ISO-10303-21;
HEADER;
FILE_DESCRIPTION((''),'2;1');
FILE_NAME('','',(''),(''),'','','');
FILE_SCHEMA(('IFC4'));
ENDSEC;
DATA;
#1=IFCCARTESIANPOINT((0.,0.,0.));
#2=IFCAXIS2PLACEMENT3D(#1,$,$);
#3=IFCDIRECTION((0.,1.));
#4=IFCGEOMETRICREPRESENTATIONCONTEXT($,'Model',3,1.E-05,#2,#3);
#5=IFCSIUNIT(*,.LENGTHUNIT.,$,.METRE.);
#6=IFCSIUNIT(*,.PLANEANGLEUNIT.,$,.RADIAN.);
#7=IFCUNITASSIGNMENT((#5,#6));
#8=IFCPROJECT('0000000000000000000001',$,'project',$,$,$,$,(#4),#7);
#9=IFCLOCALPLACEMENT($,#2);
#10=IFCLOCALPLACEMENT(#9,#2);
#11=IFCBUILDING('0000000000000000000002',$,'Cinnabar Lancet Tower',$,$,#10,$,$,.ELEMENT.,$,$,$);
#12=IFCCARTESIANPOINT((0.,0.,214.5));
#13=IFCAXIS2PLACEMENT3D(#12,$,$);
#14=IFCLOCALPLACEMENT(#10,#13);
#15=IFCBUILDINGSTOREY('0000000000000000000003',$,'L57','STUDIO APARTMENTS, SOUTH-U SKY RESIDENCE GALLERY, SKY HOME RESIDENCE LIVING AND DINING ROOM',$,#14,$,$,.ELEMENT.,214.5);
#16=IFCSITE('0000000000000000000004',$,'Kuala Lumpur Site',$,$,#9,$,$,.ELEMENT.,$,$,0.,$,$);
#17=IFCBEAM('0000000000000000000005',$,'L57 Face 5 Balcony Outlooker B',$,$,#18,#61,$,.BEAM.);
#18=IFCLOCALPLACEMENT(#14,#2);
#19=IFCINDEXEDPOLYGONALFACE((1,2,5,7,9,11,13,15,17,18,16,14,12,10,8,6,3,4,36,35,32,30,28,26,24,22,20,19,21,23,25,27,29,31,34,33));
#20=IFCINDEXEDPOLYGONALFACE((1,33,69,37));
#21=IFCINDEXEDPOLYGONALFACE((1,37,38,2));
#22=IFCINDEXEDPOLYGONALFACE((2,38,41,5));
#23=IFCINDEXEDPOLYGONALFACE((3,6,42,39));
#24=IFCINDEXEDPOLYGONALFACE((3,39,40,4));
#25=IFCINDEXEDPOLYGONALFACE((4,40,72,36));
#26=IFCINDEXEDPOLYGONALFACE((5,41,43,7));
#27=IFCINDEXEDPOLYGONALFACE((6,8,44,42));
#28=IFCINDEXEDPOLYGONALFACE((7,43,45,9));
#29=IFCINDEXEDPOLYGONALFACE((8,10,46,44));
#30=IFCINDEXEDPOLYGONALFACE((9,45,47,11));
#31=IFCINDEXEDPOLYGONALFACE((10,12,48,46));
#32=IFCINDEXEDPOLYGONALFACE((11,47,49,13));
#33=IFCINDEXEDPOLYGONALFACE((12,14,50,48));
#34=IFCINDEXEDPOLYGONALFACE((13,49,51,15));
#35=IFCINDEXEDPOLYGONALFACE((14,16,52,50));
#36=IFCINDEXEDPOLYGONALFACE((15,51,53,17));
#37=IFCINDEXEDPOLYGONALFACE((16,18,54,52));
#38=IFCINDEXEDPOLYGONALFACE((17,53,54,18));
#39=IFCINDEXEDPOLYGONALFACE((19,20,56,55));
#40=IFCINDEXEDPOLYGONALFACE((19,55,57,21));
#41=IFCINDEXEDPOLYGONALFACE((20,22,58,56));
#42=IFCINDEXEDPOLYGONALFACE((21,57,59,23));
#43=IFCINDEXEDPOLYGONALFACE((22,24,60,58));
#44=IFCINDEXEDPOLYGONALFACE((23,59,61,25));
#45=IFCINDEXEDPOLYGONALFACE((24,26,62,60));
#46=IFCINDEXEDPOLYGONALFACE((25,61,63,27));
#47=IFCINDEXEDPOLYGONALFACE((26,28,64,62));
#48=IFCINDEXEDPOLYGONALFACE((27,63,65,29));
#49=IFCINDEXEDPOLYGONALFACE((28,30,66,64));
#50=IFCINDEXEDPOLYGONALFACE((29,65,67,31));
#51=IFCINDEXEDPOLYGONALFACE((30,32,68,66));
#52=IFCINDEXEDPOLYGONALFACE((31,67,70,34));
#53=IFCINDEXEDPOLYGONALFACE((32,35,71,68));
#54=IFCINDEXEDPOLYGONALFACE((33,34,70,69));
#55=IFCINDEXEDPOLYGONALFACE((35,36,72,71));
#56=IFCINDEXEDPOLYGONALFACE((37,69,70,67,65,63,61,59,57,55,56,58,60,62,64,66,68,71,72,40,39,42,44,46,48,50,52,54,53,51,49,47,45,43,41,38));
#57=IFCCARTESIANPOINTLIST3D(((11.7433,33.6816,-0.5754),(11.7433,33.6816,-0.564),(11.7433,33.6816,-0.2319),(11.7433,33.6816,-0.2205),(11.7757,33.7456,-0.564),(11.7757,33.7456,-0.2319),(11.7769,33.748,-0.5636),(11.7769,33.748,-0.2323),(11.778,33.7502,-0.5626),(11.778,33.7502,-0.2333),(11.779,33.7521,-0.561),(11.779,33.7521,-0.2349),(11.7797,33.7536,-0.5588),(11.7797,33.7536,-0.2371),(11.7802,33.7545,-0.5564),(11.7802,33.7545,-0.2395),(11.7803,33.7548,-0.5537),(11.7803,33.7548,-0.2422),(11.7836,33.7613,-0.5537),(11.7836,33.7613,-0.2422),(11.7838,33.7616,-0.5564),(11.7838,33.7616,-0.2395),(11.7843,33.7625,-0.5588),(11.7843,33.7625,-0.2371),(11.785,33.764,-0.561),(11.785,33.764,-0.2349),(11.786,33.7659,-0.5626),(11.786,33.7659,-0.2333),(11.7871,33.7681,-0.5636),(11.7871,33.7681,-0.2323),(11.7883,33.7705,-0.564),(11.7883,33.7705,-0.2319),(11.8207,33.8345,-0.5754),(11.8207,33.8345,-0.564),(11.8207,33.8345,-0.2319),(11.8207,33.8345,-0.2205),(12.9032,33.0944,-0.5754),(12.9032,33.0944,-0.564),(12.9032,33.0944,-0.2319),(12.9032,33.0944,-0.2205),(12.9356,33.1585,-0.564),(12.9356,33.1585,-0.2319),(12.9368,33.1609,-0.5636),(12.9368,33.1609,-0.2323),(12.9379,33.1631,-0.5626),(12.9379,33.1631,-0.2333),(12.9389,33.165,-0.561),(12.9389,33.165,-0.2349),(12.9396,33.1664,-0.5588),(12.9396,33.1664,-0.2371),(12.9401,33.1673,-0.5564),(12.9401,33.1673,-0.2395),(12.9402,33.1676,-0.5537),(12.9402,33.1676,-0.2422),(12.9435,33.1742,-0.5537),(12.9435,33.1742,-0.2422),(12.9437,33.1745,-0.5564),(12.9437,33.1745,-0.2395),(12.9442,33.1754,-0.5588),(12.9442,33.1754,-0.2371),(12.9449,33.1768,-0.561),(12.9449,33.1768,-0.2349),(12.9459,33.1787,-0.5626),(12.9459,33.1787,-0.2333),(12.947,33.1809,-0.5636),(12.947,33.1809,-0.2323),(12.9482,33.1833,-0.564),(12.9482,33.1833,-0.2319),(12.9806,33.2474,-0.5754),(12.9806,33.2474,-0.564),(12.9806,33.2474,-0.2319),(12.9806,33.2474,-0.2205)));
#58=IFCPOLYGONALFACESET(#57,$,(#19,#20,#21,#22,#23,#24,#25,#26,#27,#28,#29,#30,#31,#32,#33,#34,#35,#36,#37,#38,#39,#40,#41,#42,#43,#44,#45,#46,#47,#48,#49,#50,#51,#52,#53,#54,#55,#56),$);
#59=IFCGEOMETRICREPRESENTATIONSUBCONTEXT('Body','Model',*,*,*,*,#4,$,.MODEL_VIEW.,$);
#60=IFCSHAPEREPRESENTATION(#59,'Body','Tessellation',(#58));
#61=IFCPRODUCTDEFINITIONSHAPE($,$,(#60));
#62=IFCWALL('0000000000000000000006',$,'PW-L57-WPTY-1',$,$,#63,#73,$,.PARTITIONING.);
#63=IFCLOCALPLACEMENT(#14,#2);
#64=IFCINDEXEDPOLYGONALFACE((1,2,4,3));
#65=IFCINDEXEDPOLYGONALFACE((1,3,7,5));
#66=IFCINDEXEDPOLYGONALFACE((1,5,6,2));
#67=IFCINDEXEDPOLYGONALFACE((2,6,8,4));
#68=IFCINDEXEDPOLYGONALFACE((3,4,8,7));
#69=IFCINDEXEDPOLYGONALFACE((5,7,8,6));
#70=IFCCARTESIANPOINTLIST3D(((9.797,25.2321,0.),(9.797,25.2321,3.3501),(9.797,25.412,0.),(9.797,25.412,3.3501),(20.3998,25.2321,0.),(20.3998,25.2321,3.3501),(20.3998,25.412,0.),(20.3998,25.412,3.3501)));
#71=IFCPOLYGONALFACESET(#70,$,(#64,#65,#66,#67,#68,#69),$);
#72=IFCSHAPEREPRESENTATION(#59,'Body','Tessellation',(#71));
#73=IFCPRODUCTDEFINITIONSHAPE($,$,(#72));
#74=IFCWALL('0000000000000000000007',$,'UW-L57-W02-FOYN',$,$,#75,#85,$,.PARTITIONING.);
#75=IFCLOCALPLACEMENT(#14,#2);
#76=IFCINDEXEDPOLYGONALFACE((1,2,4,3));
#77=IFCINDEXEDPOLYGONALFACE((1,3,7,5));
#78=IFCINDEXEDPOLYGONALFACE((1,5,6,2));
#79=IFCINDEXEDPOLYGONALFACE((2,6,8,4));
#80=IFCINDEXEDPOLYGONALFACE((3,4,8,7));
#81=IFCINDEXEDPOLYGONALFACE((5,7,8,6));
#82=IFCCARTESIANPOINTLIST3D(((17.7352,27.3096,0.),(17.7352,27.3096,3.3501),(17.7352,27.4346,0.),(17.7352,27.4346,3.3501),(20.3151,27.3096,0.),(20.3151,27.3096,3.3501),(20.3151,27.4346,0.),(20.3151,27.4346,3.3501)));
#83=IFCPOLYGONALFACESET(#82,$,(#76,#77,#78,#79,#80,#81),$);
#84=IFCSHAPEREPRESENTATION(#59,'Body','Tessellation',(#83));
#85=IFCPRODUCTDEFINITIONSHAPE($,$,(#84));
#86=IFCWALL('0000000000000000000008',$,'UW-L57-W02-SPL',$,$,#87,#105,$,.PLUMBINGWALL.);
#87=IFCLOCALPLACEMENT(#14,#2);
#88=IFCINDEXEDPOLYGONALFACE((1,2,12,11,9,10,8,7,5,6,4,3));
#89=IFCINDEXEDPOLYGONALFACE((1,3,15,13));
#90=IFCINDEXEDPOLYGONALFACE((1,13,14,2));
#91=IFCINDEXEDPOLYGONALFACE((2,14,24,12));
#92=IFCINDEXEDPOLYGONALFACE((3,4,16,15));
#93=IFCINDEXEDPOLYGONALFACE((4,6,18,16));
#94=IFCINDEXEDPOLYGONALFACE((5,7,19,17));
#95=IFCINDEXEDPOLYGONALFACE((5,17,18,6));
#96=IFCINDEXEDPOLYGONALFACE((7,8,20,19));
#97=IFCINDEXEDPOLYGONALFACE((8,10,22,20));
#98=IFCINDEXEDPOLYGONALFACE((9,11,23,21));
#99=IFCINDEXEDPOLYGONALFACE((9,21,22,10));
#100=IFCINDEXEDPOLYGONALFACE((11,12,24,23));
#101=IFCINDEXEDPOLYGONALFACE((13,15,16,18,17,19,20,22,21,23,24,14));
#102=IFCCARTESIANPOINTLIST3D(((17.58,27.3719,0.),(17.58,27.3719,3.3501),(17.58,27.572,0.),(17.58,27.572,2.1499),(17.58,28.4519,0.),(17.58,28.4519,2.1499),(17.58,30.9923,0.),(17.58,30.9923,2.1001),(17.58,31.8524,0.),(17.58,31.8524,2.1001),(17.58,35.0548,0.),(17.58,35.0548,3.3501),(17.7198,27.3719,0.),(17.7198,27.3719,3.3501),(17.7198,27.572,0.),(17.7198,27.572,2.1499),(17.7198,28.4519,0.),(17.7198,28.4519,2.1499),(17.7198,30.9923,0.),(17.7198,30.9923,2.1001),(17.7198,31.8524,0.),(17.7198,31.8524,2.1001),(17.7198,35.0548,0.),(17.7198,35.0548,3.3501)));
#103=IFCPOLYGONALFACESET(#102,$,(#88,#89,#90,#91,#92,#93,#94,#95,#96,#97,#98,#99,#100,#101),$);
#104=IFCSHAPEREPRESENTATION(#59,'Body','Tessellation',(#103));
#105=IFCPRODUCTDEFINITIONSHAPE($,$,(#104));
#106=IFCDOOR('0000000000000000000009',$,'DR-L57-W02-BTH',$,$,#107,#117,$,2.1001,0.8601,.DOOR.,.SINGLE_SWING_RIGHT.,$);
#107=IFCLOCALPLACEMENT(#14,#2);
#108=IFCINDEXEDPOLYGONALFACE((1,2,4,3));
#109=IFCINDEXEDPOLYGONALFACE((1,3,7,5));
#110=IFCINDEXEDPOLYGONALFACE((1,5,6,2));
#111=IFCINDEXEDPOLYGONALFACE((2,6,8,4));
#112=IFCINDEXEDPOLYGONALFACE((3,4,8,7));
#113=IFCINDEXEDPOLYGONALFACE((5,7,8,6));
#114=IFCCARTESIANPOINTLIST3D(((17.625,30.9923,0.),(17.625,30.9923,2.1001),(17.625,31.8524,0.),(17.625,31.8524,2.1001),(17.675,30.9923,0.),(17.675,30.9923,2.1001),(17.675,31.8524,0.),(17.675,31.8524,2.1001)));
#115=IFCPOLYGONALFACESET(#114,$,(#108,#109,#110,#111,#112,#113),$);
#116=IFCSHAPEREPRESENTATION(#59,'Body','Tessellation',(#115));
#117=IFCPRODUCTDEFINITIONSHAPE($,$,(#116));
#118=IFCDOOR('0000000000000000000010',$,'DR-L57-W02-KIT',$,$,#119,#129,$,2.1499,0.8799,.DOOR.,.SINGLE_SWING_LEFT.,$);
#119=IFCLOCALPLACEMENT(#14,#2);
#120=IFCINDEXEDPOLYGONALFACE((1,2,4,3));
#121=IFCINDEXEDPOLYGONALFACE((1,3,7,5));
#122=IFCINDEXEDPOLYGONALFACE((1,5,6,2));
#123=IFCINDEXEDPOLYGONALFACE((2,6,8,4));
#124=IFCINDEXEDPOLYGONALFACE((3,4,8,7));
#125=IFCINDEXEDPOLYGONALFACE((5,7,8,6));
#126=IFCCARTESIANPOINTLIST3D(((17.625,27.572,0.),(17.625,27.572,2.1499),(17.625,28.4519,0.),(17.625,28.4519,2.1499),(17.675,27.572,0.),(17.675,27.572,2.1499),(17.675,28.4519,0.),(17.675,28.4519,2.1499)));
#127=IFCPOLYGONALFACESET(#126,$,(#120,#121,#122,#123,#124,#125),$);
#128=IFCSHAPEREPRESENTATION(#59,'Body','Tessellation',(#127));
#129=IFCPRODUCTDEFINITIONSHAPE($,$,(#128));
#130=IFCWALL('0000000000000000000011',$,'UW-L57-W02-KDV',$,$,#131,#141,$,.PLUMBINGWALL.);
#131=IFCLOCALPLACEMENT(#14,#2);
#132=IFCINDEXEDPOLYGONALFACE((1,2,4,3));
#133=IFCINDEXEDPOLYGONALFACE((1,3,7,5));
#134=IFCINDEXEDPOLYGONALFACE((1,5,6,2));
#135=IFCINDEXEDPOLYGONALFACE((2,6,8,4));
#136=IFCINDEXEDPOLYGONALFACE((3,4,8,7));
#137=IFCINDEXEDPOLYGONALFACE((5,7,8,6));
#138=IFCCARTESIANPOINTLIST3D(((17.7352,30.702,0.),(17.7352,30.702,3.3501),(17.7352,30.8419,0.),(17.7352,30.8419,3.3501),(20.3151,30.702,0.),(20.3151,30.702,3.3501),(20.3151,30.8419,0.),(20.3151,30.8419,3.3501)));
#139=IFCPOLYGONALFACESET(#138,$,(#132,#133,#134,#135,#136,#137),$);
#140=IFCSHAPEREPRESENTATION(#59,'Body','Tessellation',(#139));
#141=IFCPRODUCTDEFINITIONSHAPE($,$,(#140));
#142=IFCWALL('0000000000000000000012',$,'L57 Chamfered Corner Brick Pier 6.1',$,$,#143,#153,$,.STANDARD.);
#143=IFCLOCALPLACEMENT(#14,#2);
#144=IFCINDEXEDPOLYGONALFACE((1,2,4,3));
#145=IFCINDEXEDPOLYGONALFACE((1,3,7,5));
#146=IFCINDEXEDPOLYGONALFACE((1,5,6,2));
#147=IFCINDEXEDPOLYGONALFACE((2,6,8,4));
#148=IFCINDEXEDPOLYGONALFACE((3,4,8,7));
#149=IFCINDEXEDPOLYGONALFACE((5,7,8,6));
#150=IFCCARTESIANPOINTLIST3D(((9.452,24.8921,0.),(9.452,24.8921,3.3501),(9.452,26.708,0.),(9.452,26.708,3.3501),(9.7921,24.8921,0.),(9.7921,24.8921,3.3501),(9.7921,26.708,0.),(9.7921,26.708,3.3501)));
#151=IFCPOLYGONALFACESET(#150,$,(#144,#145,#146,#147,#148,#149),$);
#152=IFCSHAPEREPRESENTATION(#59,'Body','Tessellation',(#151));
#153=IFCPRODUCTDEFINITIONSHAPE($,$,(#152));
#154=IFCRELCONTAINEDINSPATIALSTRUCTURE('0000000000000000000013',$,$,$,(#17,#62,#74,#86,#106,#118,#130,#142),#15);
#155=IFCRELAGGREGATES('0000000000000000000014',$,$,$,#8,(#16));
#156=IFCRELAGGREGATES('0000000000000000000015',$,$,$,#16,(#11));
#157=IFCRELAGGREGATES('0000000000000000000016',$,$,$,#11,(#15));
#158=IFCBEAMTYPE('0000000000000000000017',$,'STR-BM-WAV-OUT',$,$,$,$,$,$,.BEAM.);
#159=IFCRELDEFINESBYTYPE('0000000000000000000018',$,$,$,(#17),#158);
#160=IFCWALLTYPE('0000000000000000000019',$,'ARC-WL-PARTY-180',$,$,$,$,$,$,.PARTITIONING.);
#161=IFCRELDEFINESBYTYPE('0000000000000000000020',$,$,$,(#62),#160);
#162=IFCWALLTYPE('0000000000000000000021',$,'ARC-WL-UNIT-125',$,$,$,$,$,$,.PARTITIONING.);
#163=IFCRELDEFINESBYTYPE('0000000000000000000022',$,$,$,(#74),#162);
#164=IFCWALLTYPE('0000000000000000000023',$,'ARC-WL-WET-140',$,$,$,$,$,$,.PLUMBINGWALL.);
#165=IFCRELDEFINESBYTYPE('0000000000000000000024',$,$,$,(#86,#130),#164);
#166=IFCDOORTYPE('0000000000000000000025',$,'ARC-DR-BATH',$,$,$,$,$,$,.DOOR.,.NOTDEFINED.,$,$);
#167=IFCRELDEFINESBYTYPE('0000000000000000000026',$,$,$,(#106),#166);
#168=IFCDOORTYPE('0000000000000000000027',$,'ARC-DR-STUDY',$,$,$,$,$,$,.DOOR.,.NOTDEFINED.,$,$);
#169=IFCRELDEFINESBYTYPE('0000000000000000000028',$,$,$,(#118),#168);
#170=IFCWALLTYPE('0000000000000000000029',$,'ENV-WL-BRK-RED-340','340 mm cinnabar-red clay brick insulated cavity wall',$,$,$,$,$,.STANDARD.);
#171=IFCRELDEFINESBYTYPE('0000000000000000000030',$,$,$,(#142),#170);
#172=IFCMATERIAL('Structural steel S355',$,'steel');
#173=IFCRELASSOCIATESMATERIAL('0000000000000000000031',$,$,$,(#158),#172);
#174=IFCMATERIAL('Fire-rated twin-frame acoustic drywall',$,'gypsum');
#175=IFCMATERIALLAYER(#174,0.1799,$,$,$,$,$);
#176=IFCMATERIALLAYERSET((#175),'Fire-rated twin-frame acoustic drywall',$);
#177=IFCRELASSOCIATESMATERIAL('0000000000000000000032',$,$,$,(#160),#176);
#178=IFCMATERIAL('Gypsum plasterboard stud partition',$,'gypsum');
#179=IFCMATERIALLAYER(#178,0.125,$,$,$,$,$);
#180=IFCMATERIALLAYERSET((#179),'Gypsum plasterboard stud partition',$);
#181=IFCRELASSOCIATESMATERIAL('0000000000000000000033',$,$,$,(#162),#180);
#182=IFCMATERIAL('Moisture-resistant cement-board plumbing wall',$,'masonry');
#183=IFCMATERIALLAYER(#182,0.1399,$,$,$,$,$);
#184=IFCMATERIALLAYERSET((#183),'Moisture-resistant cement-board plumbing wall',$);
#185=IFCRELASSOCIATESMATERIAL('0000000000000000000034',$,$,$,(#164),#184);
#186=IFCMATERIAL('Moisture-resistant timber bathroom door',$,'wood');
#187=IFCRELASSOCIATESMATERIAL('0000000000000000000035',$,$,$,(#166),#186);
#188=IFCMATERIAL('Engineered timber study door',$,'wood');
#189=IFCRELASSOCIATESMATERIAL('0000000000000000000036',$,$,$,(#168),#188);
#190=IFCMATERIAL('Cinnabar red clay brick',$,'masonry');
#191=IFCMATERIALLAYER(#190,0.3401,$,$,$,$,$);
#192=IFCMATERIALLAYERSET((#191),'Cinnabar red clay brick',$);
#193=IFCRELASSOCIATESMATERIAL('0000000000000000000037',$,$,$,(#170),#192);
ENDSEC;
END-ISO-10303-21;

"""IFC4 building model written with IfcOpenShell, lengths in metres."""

from ifc_helpers import new_model, si_unit, direction, frame, frame_2d, origin, origin_2d, place, context, subcontext, project, spatial, rectangle, i_section, extrude, material, layer, layer_set, material_profile, profile_set, type_object, element, fill, save


model = new_model("IFC4")

# Units and contexts
model_context = context("Model", 3, precision=1e-05, world=origin(), true_north=direction((0.0, 1.0)))
body_context = subcontext(model_context, "Body", "Model", "MODEL_VIEW")
ifc_project = project(units=[si_unit("LENGTHUNIT", "METRE"), si_unit("PLANEANGLEUNIT", "RADIAN")], contexts=[model_context])

# Site, building, storey
site_placement = place(None, origin())
site = spatial("IfcSite", under=ifc_project, at=site_placement, Name="Kuala Lumpur Site", CompositionType="ELEMENT", RefElevation=0.0)
building_placement = place(site_placement, origin())
building = spatial("IfcBuilding", under=site, at=building_placement, Name="Cinnabar Lancet Tower", CompositionType="ELEMENT")
storey_placement = place(building_placement, frame((0.0, 0.0, 214.5)))
storey = spatial("IfcBuildingStorey", under=building, at=storey_placement, Name="L57", Description="STUDIO APARTMENTS, SOUTH-U SKY RESIDENCE GALLERY, SKY HOME RESIDENCE LIVING AND DINING ROOM", CompositionType="ELEMENT", Elevation=214.5)

# Beam
ifc_material_1 = material(Name="Structural steel S355", Category="steel")
ifc_material_profile_1 = material_profile(ifc_material_1, i_section(OverallWidth=0.1714, OverallDepth=0.355, WebThickness=0.0073, FlangeThickness=0.0115, FilletRadius=0.0103, at=origin_2d()), Name="UKB 356x171x51")
ifc_profile_set_1 = profile_set([ifc_material_profile_1], Name="Structural steel S355")
beam_type_1 = type_object("IfcBeamType", Name="STR-BM-WAV-OUT", PredefinedType="BEAM", material=ifc_profile_set_1)
beam_1_placement = place(storey_placement, frame((12.9419, 33.1709, -0.3979), z_axis=(-0.8922, 0.45164, 0.0), x_axis=(-0.45164, -0.8922, 0.0)))
element("IfcBeam", 1, at=beam_1_placement, inside=storey, type_object=beam_type_1, Name="L57 Face 5 Balcony Outlooker B", PredefinedType="BEAM", context=body_context, shape_type="SweptSolid", body=[
    extrude(i_section(OverallWidth=0.1714, OverallDepth=0.355, WebThickness=0.0073, FlangeThickness=0.0115, FilletRadius=0.0103, at=origin_2d()), origin(), (0.0, 0.0, 1.0), 1.3),
])

# Walls
ifc_material_2 = material(Name="Fire-rated twin-frame acoustic drywall", Category="gypsum")
ifc_layer_1 = layer(ifc_material_2, 0.1799)
ifc_layer_set_1 = layer_set([ifc_layer_1], Name="Fire-rated twin-frame acoustic drywall")
wall_type_1 = type_object("IfcWallType", Name="ARC-WL-PARTY-180", PredefinedType="PARTITIONING", material=ifc_layer_set_1)
wall_1_placement = place(storey_placement, frame((9.7971, 25.322, 0.0), z_axis=(0.0, 0.0, 1.0), x_axis=(1.0, 0.0, 0.0)))
element("IfcWall", 2, at=wall_1_placement, inside=storey, type_object=wall_type_1, Name="PW-L57-WPTY-1", PredefinedType="PARTITIONING", context=body_context, shape_type="SweptSolid", body=[
    extrude(rectangle(XDim=10.6028, YDim=0.1799, at=frame_2d((5.3013, 0.0))), origin(), (0.0, 0.0, 1.0), 3.3501),
])
ifc_material_3 = material(Name="Gypsum plasterboard stud partition", Category="gypsum")
ifc_layer_2 = layer(ifc_material_3, 0.125)
ifc_layer_set_2 = layer_set([ifc_layer_2], Name="Gypsum plasterboard stud partition")
wall_type_2 = type_object("IfcWallType", Name="ARC-WL-UNIT-125", PredefinedType="PARTITIONING", material=ifc_layer_set_2)
wall_2_placement = place(storey_placement, frame((17.7351, 27.3721, 0.0), z_axis=(0.0, 0.0, 1.0), x_axis=(1.0, 0.0, 0.0)))
element("IfcWall", 3, at=wall_2_placement, inside=storey, type_object=wall_type_2, Name="UW-L57-W02-FOYN", PredefinedType="PARTITIONING", context=body_context, shape_type="SweptSolid", body=[
    extrude(rectangle(XDim=2.5798, YDim=0.125, at=frame_2d((1.29, 0.0))), origin(), (0.0, 0.0, 1.0), 3.3501),
])

# Wall, openings, doors
ifc_material_4 = material(Name="Moisture-resistant cement-board plumbing wall", Category="masonry")
ifc_layer_3 = layer(ifc_material_4, 0.1399)
ifc_layer_set_3 = layer_set([ifc_layer_3], Name="Moisture-resistant cement-board plumbing wall")
wall_type_3 = type_object("IfcWallType", Name="ARC-WL-WET-140", PredefinedType="PLUMBINGWALL", material=ifc_layer_set_3)
wall_3_placement = place(storey_placement, frame((17.6499, 27.3721, 0.0), z_axis=(0.0, 0.0, 1.0), x_axis=(0.0, 1.0, 0.0)))
wall_3 = element("IfcWall", 4, at=wall_3_placement, inside=storey, type_object=wall_type_3, Name="UW-L57-W02-SPL", PredefinedType="PLUMBINGWALL", context=body_context, shape_type="SweptSolid", body=[
    extrude(rectangle(XDim=7.6829, YDim=0.1399, at=frame_2d((3.8413, 0.0))), origin(), (0.0, 0.0, 1.0), 3.3501),
])
opening_1_placement = place(wall_3_placement, frame((3.6201, 0.0, 0.0)))
opening_1 = element("IfcOpeningElement", 5, at=opening_1_placement, cuts=wall_3, PredefinedType="OPENING", context=body_context, shape_type="SweptSolid", body=[
    extrude(rectangle(XDim=0.8601, YDim=2.1001, at=frame_2d((0.4302, 1.05))), frame((0.0, 0.0798, 0.0), z_axis=(0.0, -1.0, 0.0), x_axis=(1.0, 0.0, 0.0)), (0.0, 0.0, 1.0), 0.1599),
])
opening_2_placement = place(wall_3_placement, frame((0.2, 0.0, 0.0)))
opening_2 = element("IfcOpeningElement", 6, at=opening_2_placement, cuts=wall_3, PredefinedType="OPENING", context=body_context, shape_type="SweptSolid", body=[
    extrude(rectangle(XDim=0.8799, YDim=2.1499, at=frame_2d((0.4399, 1.075))), frame((0.0, 0.0798, 0.0), z_axis=(0.0, -1.0, 0.0), x_axis=(1.0, 0.0, 0.0)), (0.0, 0.0, 1.0), 0.1599),
])
ifc_material_5 = material(Name="Moisture-resistant timber bathroom door", Category="wood")
door_type_1 = type_object("IfcDoorType", Name="ARC-DR-BATH", OperationType="NOTDEFINED", PredefinedType="DOOR", material=ifc_material_5)
door_1_placement = place(opening_1_placement, origin())
door_1 = element("IfcDoor", 7, at=door_1_placement, inside=storey, type_object=door_type_1, Name="DR-L57-W02-BTH", OperationType="SINGLE_SWING_RIGHT", OverallHeight=2.1001, OverallWidth=0.8601, PredefinedType="DOOR", context=body_context, shape_type="SweptSolid", body=[
    extrude(rectangle(XDim=0.8601, YDim=2.1001, at=frame_2d((0.4302, 1.05))), frame((0.0, 0.0249, 0.0), z_axis=(0.0, -1.0, 0.0), x_axis=(1.0, 0.0, 0.0)), (0.0, 0.0, 1.0), 0.05),
])
fill(opening_1, door_1)
ifc_material_6 = material(Name="Engineered timber study door", Category="wood")
door_type_2 = type_object("IfcDoorType", Name="ARC-DR-STUDY", OperationType="NOTDEFINED", PredefinedType="DOOR", material=ifc_material_6)
door_2_placement = place(opening_2_placement, origin())
door_2 = element("IfcDoor", 8, at=door_2_placement, inside=storey, type_object=door_type_2, Name="DR-L57-W02-KIT", OperationType="SINGLE_SWING_LEFT", OverallHeight=2.1499, OverallWidth=0.8799, PredefinedType="DOOR", context=body_context, shape_type="SweptSolid", body=[
    extrude(rectangle(XDim=0.8799, YDim=2.1499, at=frame_2d((0.4399, 1.075))), frame((0.0, 0.0249, 0.0), z_axis=(0.0, -1.0, 0.0), x_axis=(1.0, 0.0, 0.0)), (0.0, 0.0, 1.0), 0.05),
])
fill(opening_2, door_2)

# Walls
wall_4_placement = place(storey_placement, frame((17.7351, 30.772, 0.0), z_axis=(0.0, 0.0, 1.0), x_axis=(1.0, 0.0, 0.0)))
element("IfcWall", 9, at=wall_4_placement, inside=storey, type_object=wall_type_3, Name="UW-L57-W02-KDV", PredefinedType="PLUMBINGWALL", context=body_context, shape_type="SweptSolid", body=[
    extrude(rectangle(XDim=2.5798, YDim=0.1399, at=frame_2d((1.29, 0.0))), origin(), (0.0, 0.0, 1.0), 3.3501),
])
ifc_material_7 = material(Name="Cinnabar red clay brick", Category="masonry")
ifc_layer_4 = layer(ifc_material_7, 0.3401)
ifc_layer_set_4 = layer_set([ifc_layer_4], Name="Cinnabar red clay brick")
wall_type_4 = type_object("IfcWallType", Name="ENV-WL-BRK-RED-340", Description="340 mm cinnabar-red clay brick insulated cavity wall", PredefinedType="STANDARD", material=ifc_layer_set_4)
wall_5_placement = place(storey_placement, frame((9.6221, 26.708, 0.0), z_axis=(0.0, 0.0, 1.0), x_axis=(0.0, -1.0, 0.0)))
element("IfcWall", 10, at=wall_5_placement, inside=storey, type_object=wall_type_4, Name="L57 Chamfered Corner Brick Pier 6.1", PredefinedType="STANDARD", context=body_context, shape_type="SweptSolid", body=[
    extrude(rectangle(XDim=1.8159, YDim=0.3401, at=frame_2d((0.908, 0.0))), origin(), (0.0, 0.0, 1.0), 3.3501),
])

save(model, "model.ifc")
